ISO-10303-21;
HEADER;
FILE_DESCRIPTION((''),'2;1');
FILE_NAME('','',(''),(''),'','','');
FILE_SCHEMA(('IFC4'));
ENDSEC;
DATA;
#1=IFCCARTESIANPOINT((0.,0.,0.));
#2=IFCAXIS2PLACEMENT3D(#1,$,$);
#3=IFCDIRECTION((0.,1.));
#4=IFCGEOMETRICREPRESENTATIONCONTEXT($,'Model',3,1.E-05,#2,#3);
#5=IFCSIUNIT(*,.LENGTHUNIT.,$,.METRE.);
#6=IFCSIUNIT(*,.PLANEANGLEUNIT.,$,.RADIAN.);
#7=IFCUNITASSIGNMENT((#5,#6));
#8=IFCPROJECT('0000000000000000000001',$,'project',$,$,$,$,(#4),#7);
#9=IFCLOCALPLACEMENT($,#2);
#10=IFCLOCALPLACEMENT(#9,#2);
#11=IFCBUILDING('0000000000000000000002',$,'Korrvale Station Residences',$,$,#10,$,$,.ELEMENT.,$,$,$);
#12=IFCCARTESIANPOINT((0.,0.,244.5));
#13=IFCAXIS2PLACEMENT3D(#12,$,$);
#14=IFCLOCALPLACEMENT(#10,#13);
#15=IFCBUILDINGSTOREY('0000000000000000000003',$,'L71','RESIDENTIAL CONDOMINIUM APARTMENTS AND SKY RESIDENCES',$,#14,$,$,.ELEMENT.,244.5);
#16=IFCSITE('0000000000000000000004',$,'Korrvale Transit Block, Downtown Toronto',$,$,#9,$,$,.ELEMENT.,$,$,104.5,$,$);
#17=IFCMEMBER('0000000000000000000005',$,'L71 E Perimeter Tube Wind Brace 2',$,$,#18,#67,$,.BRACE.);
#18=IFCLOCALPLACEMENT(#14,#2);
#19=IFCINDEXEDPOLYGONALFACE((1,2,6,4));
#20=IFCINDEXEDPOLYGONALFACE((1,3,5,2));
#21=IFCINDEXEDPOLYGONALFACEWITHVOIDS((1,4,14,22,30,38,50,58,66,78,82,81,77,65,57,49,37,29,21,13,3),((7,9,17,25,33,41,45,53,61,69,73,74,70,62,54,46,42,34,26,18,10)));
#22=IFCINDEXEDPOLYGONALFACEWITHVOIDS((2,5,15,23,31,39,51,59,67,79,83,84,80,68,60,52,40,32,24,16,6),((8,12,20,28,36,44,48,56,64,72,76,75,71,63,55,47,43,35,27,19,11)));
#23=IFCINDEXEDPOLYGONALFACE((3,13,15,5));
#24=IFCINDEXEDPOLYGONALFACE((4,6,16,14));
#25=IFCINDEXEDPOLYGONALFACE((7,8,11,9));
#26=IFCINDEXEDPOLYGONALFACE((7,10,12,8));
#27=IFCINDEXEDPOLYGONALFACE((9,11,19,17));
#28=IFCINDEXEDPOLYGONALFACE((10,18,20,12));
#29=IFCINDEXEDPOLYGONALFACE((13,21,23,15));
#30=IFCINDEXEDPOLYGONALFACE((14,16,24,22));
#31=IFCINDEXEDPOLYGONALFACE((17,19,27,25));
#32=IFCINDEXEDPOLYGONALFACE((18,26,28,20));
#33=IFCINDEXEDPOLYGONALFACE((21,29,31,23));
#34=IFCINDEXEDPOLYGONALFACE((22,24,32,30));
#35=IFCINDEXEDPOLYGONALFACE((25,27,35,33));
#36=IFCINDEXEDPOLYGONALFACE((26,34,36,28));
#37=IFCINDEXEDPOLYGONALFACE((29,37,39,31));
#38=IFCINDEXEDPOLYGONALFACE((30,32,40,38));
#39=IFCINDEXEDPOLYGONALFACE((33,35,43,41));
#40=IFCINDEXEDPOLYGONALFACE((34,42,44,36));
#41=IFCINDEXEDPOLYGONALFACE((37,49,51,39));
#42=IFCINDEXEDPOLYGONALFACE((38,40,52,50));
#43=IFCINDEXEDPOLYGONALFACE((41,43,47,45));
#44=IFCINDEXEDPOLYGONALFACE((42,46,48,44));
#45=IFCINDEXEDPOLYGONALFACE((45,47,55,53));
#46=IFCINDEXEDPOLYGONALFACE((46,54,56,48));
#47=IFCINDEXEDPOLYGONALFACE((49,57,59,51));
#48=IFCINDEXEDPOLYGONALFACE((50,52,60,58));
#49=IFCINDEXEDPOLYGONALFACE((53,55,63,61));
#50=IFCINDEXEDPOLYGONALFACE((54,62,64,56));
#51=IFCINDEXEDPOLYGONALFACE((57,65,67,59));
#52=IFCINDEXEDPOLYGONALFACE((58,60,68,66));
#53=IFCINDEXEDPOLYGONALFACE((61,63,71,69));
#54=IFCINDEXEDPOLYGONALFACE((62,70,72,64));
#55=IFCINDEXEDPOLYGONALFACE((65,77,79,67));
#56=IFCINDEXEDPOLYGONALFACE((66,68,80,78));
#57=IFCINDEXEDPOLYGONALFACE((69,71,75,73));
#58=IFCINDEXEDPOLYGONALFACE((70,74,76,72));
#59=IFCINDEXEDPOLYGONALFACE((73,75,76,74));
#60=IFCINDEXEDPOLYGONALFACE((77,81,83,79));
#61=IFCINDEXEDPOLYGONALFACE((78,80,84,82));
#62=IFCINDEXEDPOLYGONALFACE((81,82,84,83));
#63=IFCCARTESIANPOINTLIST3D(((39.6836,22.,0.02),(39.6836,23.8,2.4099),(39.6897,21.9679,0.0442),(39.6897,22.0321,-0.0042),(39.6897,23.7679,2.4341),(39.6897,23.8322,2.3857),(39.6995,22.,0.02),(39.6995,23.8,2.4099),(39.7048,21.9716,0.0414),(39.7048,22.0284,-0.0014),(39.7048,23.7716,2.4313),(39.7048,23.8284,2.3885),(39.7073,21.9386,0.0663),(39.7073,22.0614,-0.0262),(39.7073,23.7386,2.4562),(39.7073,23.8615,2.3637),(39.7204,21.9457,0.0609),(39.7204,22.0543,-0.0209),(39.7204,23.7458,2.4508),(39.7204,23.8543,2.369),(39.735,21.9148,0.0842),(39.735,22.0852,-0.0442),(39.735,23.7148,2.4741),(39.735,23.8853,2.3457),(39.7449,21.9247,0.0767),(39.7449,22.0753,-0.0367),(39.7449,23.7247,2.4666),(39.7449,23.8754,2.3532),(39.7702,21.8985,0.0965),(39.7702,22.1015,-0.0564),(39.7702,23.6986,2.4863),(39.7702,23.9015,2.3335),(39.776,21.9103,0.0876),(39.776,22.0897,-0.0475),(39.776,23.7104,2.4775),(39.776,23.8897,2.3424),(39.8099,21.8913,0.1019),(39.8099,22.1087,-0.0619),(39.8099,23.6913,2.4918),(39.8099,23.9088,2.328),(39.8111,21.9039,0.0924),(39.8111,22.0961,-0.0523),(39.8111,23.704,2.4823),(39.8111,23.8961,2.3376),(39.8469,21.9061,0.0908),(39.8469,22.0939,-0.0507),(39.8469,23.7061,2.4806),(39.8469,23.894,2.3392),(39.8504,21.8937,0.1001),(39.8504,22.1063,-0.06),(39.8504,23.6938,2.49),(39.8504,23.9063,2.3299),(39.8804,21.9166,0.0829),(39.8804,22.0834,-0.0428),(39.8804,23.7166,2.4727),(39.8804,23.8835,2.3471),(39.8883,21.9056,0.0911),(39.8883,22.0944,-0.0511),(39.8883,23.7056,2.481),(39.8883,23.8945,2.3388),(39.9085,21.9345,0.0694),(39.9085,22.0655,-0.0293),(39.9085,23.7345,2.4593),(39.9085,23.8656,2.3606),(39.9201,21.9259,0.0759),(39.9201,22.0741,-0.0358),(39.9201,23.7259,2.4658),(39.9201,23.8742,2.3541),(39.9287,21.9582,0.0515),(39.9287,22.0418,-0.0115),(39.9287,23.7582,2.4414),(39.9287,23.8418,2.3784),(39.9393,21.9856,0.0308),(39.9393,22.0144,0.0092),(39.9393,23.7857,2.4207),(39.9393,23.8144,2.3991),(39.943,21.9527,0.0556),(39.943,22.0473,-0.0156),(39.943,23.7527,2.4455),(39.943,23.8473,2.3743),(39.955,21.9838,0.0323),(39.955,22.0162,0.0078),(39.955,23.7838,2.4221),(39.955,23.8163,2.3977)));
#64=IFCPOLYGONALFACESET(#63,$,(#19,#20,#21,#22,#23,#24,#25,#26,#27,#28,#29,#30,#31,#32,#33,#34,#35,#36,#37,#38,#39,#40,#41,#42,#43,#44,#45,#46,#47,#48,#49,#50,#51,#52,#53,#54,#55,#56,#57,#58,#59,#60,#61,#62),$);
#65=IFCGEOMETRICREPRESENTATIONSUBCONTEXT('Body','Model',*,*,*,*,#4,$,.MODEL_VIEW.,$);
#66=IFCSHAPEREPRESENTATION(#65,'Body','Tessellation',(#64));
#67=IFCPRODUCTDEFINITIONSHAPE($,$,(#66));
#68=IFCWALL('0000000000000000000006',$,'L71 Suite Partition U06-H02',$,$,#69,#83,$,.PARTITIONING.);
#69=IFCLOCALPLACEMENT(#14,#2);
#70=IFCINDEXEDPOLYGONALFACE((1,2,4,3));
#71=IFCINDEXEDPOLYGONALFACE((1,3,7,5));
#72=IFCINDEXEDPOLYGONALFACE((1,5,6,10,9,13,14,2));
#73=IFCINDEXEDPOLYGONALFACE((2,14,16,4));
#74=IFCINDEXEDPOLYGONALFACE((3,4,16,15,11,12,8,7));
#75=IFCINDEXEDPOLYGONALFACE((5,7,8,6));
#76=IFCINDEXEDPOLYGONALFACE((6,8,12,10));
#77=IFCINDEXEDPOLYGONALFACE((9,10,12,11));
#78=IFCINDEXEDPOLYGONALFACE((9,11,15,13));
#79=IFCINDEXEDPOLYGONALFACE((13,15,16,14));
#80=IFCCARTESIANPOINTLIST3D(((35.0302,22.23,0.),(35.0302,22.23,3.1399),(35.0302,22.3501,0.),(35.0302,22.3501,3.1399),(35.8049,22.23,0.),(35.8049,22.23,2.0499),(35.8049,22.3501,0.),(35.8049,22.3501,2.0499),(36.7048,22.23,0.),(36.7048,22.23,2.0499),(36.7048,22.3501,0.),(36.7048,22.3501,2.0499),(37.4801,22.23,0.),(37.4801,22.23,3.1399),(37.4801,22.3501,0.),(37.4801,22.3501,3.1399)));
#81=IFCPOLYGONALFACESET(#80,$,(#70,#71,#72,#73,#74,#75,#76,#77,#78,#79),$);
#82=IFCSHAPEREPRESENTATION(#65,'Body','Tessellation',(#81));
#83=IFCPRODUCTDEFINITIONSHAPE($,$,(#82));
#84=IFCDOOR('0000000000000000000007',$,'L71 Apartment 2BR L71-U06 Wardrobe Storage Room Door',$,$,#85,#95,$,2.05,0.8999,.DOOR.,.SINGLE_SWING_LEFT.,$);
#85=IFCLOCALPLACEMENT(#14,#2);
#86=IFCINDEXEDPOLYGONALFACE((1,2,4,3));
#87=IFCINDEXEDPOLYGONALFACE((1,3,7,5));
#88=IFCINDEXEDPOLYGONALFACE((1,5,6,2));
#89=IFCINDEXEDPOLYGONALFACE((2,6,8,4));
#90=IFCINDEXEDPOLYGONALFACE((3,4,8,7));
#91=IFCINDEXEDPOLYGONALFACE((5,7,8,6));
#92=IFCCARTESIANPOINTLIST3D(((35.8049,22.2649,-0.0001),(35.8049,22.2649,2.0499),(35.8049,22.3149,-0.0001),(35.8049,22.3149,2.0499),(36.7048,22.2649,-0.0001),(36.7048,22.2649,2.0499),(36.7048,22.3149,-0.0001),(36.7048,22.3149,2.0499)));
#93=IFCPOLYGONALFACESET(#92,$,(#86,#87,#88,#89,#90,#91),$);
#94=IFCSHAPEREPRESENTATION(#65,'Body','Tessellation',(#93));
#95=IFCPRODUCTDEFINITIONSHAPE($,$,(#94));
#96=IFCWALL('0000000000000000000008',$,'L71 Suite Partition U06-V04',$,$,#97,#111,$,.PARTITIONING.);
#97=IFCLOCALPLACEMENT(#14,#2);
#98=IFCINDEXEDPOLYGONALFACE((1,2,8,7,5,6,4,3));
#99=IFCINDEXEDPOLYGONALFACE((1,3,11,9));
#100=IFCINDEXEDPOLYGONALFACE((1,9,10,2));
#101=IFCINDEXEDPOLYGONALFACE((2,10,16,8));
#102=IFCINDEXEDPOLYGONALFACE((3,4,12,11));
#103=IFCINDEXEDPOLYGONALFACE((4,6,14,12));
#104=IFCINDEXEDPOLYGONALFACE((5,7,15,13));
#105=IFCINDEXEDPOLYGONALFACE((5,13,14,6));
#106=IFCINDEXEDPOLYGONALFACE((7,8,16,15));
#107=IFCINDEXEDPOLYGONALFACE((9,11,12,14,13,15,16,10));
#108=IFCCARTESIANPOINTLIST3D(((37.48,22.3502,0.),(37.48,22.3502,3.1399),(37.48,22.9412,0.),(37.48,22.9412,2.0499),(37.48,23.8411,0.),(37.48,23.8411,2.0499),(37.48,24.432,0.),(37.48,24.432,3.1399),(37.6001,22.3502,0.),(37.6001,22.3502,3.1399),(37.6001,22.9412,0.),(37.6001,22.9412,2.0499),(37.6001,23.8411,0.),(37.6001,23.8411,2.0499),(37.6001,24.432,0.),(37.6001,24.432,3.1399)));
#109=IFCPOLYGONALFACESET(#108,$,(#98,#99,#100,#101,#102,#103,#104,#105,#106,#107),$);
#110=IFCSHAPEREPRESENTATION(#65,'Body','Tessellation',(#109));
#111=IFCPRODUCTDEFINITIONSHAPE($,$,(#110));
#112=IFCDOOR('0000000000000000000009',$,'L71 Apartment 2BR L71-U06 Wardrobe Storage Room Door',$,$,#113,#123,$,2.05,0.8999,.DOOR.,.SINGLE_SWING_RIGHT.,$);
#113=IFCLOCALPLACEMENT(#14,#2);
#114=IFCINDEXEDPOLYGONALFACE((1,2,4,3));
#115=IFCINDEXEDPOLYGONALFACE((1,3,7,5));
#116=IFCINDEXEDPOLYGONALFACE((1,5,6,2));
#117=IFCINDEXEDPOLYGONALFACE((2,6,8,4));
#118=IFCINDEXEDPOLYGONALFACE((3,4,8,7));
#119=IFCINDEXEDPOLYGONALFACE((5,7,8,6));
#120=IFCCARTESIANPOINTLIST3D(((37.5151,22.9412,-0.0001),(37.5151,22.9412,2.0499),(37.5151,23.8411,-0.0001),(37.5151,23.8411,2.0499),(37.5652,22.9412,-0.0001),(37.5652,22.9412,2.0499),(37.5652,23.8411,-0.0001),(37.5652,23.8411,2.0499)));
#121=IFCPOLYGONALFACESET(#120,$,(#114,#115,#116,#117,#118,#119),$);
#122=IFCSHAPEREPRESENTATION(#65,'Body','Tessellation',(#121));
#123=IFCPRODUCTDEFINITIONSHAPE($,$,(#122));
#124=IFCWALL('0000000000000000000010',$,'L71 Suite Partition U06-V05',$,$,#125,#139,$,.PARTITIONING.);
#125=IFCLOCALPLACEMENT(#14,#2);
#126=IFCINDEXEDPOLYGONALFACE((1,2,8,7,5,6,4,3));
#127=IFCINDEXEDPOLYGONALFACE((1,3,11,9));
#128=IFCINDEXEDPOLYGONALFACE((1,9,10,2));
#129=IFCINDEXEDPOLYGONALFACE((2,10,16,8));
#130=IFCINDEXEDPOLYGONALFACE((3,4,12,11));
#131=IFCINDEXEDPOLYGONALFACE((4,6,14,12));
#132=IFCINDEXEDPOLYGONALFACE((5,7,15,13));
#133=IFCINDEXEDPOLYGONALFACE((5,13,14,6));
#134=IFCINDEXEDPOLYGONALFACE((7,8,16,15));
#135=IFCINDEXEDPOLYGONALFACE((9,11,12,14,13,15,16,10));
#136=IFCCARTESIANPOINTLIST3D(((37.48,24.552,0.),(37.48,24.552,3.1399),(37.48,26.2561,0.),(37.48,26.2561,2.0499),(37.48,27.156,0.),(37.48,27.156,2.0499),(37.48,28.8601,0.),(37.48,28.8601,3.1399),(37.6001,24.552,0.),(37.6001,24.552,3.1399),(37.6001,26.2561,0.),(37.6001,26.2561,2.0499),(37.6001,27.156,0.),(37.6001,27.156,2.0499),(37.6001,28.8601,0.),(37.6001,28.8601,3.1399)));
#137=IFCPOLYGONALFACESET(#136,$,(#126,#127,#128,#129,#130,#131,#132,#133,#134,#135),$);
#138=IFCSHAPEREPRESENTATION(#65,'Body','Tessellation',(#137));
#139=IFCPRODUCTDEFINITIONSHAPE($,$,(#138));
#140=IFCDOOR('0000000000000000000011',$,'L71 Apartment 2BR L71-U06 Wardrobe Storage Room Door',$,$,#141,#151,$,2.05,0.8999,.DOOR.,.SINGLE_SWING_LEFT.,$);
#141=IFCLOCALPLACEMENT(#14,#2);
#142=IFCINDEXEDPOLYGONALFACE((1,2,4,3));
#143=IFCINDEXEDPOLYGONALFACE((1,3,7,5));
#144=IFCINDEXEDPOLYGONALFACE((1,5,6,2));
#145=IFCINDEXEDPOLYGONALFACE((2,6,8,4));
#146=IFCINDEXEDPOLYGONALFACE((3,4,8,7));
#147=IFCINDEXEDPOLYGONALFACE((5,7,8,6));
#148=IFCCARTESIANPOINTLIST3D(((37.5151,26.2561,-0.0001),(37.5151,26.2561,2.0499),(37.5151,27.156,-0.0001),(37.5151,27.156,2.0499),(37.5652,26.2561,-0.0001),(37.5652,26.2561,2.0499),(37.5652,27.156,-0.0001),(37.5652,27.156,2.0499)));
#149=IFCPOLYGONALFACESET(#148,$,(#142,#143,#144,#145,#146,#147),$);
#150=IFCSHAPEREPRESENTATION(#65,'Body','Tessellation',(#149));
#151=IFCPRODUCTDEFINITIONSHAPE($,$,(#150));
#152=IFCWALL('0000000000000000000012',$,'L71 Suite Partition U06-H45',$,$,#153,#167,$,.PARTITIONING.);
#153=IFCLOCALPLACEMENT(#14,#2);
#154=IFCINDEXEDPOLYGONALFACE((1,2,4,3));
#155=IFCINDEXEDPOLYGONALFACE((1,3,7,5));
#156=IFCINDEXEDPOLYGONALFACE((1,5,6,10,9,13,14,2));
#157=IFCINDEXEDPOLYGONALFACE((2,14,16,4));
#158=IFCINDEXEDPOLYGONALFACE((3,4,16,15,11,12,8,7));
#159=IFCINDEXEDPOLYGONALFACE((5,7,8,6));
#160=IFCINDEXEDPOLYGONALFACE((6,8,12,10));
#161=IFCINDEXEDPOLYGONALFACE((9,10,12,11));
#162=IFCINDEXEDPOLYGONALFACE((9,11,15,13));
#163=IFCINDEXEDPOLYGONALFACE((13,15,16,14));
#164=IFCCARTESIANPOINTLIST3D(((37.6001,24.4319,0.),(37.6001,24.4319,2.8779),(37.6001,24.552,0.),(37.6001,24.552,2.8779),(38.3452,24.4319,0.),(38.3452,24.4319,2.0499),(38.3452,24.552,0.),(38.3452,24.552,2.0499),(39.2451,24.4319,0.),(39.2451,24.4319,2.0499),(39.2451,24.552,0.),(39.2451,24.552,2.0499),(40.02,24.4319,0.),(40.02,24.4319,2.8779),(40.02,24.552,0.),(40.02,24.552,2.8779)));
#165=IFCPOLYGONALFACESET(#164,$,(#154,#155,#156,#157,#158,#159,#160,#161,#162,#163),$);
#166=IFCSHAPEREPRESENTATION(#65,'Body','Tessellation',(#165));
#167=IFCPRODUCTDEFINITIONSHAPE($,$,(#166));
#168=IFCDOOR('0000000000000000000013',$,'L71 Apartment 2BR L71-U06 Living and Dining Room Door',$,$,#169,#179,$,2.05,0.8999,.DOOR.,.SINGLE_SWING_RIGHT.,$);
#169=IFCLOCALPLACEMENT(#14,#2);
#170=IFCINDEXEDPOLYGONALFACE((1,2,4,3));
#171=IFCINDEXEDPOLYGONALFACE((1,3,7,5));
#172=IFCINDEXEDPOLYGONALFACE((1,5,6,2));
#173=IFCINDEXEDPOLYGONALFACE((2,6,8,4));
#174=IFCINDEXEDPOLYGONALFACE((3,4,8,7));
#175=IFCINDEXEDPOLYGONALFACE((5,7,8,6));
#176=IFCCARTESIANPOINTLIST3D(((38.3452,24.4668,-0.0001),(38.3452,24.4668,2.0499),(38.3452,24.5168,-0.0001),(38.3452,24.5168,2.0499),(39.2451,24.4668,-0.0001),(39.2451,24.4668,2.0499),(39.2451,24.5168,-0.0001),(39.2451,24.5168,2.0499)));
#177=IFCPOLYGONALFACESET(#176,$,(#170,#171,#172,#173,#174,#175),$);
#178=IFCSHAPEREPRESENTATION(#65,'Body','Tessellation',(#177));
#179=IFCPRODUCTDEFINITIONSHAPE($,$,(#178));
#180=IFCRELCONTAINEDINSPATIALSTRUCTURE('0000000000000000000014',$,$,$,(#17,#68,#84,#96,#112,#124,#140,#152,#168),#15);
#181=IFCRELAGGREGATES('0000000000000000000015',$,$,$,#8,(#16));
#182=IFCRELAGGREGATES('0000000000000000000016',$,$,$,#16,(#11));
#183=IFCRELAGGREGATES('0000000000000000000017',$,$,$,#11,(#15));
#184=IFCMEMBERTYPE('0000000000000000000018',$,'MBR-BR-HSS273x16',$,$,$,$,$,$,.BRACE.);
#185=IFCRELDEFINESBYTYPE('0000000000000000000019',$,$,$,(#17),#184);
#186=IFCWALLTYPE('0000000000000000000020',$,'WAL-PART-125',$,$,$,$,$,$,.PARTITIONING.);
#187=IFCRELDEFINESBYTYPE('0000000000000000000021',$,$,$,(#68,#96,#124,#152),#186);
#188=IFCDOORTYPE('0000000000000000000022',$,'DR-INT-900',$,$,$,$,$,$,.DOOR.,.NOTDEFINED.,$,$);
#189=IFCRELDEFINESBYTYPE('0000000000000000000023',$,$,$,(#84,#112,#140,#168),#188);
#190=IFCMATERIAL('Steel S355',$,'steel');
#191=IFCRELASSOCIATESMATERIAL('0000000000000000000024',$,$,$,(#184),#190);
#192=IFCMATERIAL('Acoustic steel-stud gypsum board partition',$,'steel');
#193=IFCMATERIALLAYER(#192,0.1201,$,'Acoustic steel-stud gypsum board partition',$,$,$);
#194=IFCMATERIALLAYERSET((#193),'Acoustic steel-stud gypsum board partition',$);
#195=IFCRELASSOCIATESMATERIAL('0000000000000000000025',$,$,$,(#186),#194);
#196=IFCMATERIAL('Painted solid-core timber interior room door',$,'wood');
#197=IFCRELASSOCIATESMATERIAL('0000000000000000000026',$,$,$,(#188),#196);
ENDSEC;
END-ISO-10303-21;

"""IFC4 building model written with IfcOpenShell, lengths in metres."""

from ifc_helpers import new_model, si_unit, direction, frame, frame_2d, origin, origin_2d, place, context, subcontext, project, spatial, rectangle, hollow_circle, extrude, material, layer, layer_set, material_profile, profile_set, type_object, element, fill, save


model = new_model("IFC4")

# Units and contexts
model_context = context("Model", 3, precision=1e-05, world=origin(), true_north=direction((0.0, 1.0)))
body_context = subcontext(model_context, "Body", "Model", "MODEL_VIEW")
ifc_project = project(units=[si_unit("LENGTHUNIT", "METRE"), si_unit("PLANEANGLEUNIT", "RADIAN")], contexts=[model_context])

# Site, building, storey
site_placement = place(None, origin())
site = spatial("IfcSite", under=ifc_project, at=site_placement, Name="Korrvale Transit Block, Downtown Toronto", CompositionType="ELEMENT", RefElevation=104.5)
building_placement = place(site_placement, origin())
building = spatial("IfcBuilding", under=site, at=building_placement, Name="Korrvale Station Residences", CompositionType="ELEMENT")
storey_placement = place(building_placement, frame((0.0, 0.0, 244.5)))
storey = spatial("IfcBuildingStorey", under=building, at=storey_placement, Name="L71", Description="RESIDENTIAL CONDOMINIUM APARTMENTS AND SKY RESIDENCES", CompositionType="ELEMENT", Elevation=244.5)

# Shared definitions
ifc_material_1 = material(Name="Steel S355", Category="steel")

# Member
ifc_material_profile_1 = material_profile(ifc_material_1, hollow_circle(Radius=0.1365, WallThickness=0.0159, at=origin_2d()), Name="HSS273x16")
ifc_profile_set_1 = profile_set([ifc_material_profile_1], Name="Steel S355")
member_type = type_object("IfcMemberType", Name="MBR-BR-HSS273x16", PredefinedType="BRACE", material=ifc_profile_set_1)
for number, where, z_axis, x_axis, name in (
    (1, (39.8201, 22.0, 0.02), (0.0, 0.601631, 0.798774), (-1.0, 0.0, 0.0), "L71 E Perimeter Tube Wind Brace 2"),
):
    element("IfcMember", number, at=place(storey_placement, frame(where, z_axis=z_axis, x_axis=x_axis)), inside=storey, type_object=member_type, Name=name, PredefinedType="BRACE", context=body_context, shape_type="SweptSolid", body=[
        extrude(hollow_circle(Radius=0.1365, WallThickness=0.0159, at=origin_2d()), origin(), (0.0, 0.0, 1.0), 2.9919),
    ])

# Walls, openings, doors
ifc_material_2 = material(Name="Acoustic steel-stud gypsum board partition", Category="steel")
ifc_layer_1 = layer(ifc_material_2, 0.1201, Name="Acoustic steel-stud gypsum board partition")
ifc_layer_set_1 = layer_set([ifc_layer_1], Name="Acoustic steel-stud gypsum board partition")
wall_type_1 = type_object("IfcWallType", Name="WAL-PART-125", PredefinedType="PARTITIONING", material=ifc_layer_set_1)
wall_1_placement = place(storey_placement, frame((35.03, 22.29, 0.0), z_axis=(0.0, 0.0, 1.0), x_axis=(1.0, 0.0, 0.0)))
wall_1 = element("IfcWall", 2, at=wall_1_placement, inside=storey, type_object=wall_type_1, Name="L71 Suite Partition U06-H02", PredefinedType="PARTITIONING", context=body_context, shape_type="SweptSolid", body=[
    extrude(rectangle(XDim=2.45, YDim=0.1201, at=frame_2d((1.2251, 0.0))), origin(), (0.0, 0.0, 1.0), 3.1399),
])
opening_1_placement = place(wall_1_placement, frame((0.7749, 0.0, 0.0)))
opening_1 = element("IfcOpeningElement", 3, at=opening_1_placement, cuts=wall_1, PredefinedType="OPENING", context=body_context, shape_type="SweptSolid", body=[
    extrude(rectangle(XDim=0.8999, YDim=2.05, at=frame_2d((0.45, 1.0249))), frame((0.0, 0.0701, 0.0), z_axis=(0.0, -1.0, 0.0), x_axis=(1.0, 0.0, 0.0)), (0.0, 0.0, 1.0), 0.1401),
])
ifc_material_3 = material(Name="Painted solid-core timber interior room door", Category="wood")
door_type = type_object("IfcDoorType", Name="DR-INT-900", OperationType="NOTDEFINED", PredefinedType="DOOR", material=ifc_material_3)
door_1_placement = place(opening_1_placement, origin())
door_1 = element("IfcDoor", 4, at=door_1_placement, inside=storey, type_object=door_type, Name="L71 Apartment 2BR L71-U06 Wardrobe Storage Room Door", OperationType="SINGLE_SWING_LEFT", OverallHeight=2.05, OverallWidth=0.8999, PredefinedType="DOOR", context=body_context, shape_type="SweptSolid", body=[
    extrude(rectangle(XDim=0.8999, YDim=2.05, at=frame_2d((0.45, 1.0249))), frame((0.0, 0.0249, 0.0), z_axis=(0.0, -1.0, 0.0), x_axis=(1.0, 0.0, 0.0)), (0.0, 0.0, 1.0), 0.05),
])
fill(opening_1, door_1)
wall_2_placement = place(storey_placement, frame((37.54, 22.3501, 0.0), z_axis=(0.0, 0.0, 1.0), x_axis=(0.0, 1.0, 0.0)))
wall_2 = element("IfcWall", 5, at=wall_2_placement, inside=storey, type_object=wall_type_1, Name="L71 Suite Partition U06-V04", PredefinedType="PARTITIONING", context=body_context, shape_type="SweptSolid", body=[
    extrude(rectangle(XDim=2.0818, YDim=0.1201, at=frame_2d((1.041, 0.0))), origin(), (0.0, 0.0, 1.0), 3.1399),
])
opening_2_placement = place(wall_2_placement, frame((0.5911, 0.0, 0.0)))
opening_2 = element("IfcOpeningElement", 6, at=opening_2_placement, cuts=wall_2, PredefinedType="OPENING", context=body_context, shape_type="SweptSolid", body=[
    extrude(rectangle(XDim=0.8999, YDim=2.05, at=frame_2d((0.45, 1.0249))), frame((0.0, 0.0701, 0.0), z_axis=(0.0, -1.0, 0.0), x_axis=(1.0, 0.0, 0.0)), (0.0, 0.0, 1.0), 0.1401),
])
door_2_placement = place(opening_2_placement, origin())
door_2 = element("IfcDoor", 7, at=door_2_placement, inside=storey, type_object=door_type, Name="L71 Apartment 2BR L71-U06 Wardrobe Storage Room Door", OperationType="SINGLE_SWING_RIGHT", OverallHeight=2.05, OverallWidth=0.8999, PredefinedType="DOOR", context=body_context, shape_type="SweptSolid", body=[
    extrude(rectangle(XDim=0.8999, YDim=2.05, at=frame_2d((0.45, 1.0249))), frame((0.0, 0.0249, 0.0), z_axis=(0.0, -1.0, 0.0), x_axis=(1.0, 0.0, 0.0)), (0.0, 0.0, 1.0), 0.05),
])
fill(opening_2, door_2)
wall_3_placement = place(storey_placement, frame((37.54, 24.552, 0.0), z_axis=(0.0, 0.0, 1.0), x_axis=(0.0, 1.0, 0.0)))
wall_3 = element("IfcWall", 8, at=wall_3_placement, inside=storey, type_object=wall_type_1, Name="L71 Suite Partition U06-V05", PredefinedType="PARTITIONING", context=body_context, shape_type="SweptSolid", body=[
    extrude(rectangle(XDim=4.3081, YDim=0.1201, at=frame_2d((2.1541, 0.0))), origin(), (0.0, 0.0, 1.0), 3.1399),
])
opening_3_placement = place(wall_3_placement, frame((1.7041, 0.0, 0.0)))
opening_3 = element("IfcOpeningElement", 9, at=opening_3_placement, cuts=wall_3, PredefinedType="OPENING", context=body_context, shape_type="SweptSolid", body=[
    extrude(rectangle(XDim=0.8999, YDim=2.05, at=frame_2d((0.45, 1.0249))), frame((0.0, 0.0701, 0.0), z_axis=(0.0, -1.0, 0.0), x_axis=(1.0, 0.0, 0.0)), (0.0, 0.0, 1.0), 0.1401),
])
door_3_placement = place(opening_3_placement, origin())
door_3 = element("IfcDoor", 10, at=door_3_placement, inside=storey, type_object=door_type, Name="L71 Apartment 2BR L71-U06 Wardrobe Storage Room Door", OperationType="SINGLE_SWING_LEFT", OverallHeight=2.05, OverallWidth=0.8999, PredefinedType="DOOR", context=body_context, shape_type="SweptSolid", body=[
    extrude(rectangle(XDim=0.8999, YDim=2.05, at=frame_2d((0.45, 1.0249))), frame((0.0, 0.0249, 0.0), z_axis=(0.0, -1.0, 0.0), x_axis=(1.0, 0.0, 0.0)), (0.0, 0.0, 1.0), 0.05),
])
fill(opening_3, door_3)
wall_4_placement = place(storey_placement, frame((37.6001, 24.4919, 0.0), z_axis=(0.0, 0.0, 1.0), x_axis=(1.0, 0.0, 0.0)))
wall_4 = element("IfcWall", 11, at=wall_4_placement, inside=storey, type_object=wall_type_1, Name="L71 Suite Partition U06-H45", PredefinedType="PARTITIONING", context=body_context, shape_type="SweptSolid", body=[
    extrude(rectangle(XDim=2.4199, YDim=0.1201, at=frame_2d((1.21, 0.0))), origin(), (0.0, 0.0, 1.0), 2.8779),
])
opening_4_placement = place(wall_4_placement, frame((0.7451, 0.0, 0.0)))
opening_4 = element("IfcOpeningElement", 12, at=opening_4_placement, cuts=wall_4, PredefinedType="OPENING", context=body_context, shape_type="SweptSolid", body=[
    extrude(rectangle(XDim=0.8999, YDim=2.05, at=frame_2d((0.45, 1.0249))), frame((0.0, 0.0701, 0.0), z_axis=(0.0, -1.0, 0.0), x_axis=(1.0, 0.0, 0.0)), (0.0, 0.0, 1.0), 0.1401),
])
door_4_placement = place(opening_4_placement, origin())
door_4 = element("IfcDoor", 13, at=door_4_placement, inside=storey, type_object=door_type, Name="L71 Apartment 2BR L71-U06 Living and Dining Room Door", OperationType="SINGLE_SWING_RIGHT", OverallHeight=2.05, OverallWidth=0.8999, PredefinedType="DOOR", context=body_context, shape_type="SweptSolid", body=[
    extrude(rectangle(XDim=0.8999, YDim=2.05, at=frame_2d((0.45, 1.0249))), frame((0.0, 0.0249, 0.0), z_axis=(0.0, -1.0, 0.0), x_axis=(1.0, 0.0, 0.0)), (0.0, 0.0, 1.0), 0.05),
])
fill(opening_4, door_4)

save(model, "model.ifc")
